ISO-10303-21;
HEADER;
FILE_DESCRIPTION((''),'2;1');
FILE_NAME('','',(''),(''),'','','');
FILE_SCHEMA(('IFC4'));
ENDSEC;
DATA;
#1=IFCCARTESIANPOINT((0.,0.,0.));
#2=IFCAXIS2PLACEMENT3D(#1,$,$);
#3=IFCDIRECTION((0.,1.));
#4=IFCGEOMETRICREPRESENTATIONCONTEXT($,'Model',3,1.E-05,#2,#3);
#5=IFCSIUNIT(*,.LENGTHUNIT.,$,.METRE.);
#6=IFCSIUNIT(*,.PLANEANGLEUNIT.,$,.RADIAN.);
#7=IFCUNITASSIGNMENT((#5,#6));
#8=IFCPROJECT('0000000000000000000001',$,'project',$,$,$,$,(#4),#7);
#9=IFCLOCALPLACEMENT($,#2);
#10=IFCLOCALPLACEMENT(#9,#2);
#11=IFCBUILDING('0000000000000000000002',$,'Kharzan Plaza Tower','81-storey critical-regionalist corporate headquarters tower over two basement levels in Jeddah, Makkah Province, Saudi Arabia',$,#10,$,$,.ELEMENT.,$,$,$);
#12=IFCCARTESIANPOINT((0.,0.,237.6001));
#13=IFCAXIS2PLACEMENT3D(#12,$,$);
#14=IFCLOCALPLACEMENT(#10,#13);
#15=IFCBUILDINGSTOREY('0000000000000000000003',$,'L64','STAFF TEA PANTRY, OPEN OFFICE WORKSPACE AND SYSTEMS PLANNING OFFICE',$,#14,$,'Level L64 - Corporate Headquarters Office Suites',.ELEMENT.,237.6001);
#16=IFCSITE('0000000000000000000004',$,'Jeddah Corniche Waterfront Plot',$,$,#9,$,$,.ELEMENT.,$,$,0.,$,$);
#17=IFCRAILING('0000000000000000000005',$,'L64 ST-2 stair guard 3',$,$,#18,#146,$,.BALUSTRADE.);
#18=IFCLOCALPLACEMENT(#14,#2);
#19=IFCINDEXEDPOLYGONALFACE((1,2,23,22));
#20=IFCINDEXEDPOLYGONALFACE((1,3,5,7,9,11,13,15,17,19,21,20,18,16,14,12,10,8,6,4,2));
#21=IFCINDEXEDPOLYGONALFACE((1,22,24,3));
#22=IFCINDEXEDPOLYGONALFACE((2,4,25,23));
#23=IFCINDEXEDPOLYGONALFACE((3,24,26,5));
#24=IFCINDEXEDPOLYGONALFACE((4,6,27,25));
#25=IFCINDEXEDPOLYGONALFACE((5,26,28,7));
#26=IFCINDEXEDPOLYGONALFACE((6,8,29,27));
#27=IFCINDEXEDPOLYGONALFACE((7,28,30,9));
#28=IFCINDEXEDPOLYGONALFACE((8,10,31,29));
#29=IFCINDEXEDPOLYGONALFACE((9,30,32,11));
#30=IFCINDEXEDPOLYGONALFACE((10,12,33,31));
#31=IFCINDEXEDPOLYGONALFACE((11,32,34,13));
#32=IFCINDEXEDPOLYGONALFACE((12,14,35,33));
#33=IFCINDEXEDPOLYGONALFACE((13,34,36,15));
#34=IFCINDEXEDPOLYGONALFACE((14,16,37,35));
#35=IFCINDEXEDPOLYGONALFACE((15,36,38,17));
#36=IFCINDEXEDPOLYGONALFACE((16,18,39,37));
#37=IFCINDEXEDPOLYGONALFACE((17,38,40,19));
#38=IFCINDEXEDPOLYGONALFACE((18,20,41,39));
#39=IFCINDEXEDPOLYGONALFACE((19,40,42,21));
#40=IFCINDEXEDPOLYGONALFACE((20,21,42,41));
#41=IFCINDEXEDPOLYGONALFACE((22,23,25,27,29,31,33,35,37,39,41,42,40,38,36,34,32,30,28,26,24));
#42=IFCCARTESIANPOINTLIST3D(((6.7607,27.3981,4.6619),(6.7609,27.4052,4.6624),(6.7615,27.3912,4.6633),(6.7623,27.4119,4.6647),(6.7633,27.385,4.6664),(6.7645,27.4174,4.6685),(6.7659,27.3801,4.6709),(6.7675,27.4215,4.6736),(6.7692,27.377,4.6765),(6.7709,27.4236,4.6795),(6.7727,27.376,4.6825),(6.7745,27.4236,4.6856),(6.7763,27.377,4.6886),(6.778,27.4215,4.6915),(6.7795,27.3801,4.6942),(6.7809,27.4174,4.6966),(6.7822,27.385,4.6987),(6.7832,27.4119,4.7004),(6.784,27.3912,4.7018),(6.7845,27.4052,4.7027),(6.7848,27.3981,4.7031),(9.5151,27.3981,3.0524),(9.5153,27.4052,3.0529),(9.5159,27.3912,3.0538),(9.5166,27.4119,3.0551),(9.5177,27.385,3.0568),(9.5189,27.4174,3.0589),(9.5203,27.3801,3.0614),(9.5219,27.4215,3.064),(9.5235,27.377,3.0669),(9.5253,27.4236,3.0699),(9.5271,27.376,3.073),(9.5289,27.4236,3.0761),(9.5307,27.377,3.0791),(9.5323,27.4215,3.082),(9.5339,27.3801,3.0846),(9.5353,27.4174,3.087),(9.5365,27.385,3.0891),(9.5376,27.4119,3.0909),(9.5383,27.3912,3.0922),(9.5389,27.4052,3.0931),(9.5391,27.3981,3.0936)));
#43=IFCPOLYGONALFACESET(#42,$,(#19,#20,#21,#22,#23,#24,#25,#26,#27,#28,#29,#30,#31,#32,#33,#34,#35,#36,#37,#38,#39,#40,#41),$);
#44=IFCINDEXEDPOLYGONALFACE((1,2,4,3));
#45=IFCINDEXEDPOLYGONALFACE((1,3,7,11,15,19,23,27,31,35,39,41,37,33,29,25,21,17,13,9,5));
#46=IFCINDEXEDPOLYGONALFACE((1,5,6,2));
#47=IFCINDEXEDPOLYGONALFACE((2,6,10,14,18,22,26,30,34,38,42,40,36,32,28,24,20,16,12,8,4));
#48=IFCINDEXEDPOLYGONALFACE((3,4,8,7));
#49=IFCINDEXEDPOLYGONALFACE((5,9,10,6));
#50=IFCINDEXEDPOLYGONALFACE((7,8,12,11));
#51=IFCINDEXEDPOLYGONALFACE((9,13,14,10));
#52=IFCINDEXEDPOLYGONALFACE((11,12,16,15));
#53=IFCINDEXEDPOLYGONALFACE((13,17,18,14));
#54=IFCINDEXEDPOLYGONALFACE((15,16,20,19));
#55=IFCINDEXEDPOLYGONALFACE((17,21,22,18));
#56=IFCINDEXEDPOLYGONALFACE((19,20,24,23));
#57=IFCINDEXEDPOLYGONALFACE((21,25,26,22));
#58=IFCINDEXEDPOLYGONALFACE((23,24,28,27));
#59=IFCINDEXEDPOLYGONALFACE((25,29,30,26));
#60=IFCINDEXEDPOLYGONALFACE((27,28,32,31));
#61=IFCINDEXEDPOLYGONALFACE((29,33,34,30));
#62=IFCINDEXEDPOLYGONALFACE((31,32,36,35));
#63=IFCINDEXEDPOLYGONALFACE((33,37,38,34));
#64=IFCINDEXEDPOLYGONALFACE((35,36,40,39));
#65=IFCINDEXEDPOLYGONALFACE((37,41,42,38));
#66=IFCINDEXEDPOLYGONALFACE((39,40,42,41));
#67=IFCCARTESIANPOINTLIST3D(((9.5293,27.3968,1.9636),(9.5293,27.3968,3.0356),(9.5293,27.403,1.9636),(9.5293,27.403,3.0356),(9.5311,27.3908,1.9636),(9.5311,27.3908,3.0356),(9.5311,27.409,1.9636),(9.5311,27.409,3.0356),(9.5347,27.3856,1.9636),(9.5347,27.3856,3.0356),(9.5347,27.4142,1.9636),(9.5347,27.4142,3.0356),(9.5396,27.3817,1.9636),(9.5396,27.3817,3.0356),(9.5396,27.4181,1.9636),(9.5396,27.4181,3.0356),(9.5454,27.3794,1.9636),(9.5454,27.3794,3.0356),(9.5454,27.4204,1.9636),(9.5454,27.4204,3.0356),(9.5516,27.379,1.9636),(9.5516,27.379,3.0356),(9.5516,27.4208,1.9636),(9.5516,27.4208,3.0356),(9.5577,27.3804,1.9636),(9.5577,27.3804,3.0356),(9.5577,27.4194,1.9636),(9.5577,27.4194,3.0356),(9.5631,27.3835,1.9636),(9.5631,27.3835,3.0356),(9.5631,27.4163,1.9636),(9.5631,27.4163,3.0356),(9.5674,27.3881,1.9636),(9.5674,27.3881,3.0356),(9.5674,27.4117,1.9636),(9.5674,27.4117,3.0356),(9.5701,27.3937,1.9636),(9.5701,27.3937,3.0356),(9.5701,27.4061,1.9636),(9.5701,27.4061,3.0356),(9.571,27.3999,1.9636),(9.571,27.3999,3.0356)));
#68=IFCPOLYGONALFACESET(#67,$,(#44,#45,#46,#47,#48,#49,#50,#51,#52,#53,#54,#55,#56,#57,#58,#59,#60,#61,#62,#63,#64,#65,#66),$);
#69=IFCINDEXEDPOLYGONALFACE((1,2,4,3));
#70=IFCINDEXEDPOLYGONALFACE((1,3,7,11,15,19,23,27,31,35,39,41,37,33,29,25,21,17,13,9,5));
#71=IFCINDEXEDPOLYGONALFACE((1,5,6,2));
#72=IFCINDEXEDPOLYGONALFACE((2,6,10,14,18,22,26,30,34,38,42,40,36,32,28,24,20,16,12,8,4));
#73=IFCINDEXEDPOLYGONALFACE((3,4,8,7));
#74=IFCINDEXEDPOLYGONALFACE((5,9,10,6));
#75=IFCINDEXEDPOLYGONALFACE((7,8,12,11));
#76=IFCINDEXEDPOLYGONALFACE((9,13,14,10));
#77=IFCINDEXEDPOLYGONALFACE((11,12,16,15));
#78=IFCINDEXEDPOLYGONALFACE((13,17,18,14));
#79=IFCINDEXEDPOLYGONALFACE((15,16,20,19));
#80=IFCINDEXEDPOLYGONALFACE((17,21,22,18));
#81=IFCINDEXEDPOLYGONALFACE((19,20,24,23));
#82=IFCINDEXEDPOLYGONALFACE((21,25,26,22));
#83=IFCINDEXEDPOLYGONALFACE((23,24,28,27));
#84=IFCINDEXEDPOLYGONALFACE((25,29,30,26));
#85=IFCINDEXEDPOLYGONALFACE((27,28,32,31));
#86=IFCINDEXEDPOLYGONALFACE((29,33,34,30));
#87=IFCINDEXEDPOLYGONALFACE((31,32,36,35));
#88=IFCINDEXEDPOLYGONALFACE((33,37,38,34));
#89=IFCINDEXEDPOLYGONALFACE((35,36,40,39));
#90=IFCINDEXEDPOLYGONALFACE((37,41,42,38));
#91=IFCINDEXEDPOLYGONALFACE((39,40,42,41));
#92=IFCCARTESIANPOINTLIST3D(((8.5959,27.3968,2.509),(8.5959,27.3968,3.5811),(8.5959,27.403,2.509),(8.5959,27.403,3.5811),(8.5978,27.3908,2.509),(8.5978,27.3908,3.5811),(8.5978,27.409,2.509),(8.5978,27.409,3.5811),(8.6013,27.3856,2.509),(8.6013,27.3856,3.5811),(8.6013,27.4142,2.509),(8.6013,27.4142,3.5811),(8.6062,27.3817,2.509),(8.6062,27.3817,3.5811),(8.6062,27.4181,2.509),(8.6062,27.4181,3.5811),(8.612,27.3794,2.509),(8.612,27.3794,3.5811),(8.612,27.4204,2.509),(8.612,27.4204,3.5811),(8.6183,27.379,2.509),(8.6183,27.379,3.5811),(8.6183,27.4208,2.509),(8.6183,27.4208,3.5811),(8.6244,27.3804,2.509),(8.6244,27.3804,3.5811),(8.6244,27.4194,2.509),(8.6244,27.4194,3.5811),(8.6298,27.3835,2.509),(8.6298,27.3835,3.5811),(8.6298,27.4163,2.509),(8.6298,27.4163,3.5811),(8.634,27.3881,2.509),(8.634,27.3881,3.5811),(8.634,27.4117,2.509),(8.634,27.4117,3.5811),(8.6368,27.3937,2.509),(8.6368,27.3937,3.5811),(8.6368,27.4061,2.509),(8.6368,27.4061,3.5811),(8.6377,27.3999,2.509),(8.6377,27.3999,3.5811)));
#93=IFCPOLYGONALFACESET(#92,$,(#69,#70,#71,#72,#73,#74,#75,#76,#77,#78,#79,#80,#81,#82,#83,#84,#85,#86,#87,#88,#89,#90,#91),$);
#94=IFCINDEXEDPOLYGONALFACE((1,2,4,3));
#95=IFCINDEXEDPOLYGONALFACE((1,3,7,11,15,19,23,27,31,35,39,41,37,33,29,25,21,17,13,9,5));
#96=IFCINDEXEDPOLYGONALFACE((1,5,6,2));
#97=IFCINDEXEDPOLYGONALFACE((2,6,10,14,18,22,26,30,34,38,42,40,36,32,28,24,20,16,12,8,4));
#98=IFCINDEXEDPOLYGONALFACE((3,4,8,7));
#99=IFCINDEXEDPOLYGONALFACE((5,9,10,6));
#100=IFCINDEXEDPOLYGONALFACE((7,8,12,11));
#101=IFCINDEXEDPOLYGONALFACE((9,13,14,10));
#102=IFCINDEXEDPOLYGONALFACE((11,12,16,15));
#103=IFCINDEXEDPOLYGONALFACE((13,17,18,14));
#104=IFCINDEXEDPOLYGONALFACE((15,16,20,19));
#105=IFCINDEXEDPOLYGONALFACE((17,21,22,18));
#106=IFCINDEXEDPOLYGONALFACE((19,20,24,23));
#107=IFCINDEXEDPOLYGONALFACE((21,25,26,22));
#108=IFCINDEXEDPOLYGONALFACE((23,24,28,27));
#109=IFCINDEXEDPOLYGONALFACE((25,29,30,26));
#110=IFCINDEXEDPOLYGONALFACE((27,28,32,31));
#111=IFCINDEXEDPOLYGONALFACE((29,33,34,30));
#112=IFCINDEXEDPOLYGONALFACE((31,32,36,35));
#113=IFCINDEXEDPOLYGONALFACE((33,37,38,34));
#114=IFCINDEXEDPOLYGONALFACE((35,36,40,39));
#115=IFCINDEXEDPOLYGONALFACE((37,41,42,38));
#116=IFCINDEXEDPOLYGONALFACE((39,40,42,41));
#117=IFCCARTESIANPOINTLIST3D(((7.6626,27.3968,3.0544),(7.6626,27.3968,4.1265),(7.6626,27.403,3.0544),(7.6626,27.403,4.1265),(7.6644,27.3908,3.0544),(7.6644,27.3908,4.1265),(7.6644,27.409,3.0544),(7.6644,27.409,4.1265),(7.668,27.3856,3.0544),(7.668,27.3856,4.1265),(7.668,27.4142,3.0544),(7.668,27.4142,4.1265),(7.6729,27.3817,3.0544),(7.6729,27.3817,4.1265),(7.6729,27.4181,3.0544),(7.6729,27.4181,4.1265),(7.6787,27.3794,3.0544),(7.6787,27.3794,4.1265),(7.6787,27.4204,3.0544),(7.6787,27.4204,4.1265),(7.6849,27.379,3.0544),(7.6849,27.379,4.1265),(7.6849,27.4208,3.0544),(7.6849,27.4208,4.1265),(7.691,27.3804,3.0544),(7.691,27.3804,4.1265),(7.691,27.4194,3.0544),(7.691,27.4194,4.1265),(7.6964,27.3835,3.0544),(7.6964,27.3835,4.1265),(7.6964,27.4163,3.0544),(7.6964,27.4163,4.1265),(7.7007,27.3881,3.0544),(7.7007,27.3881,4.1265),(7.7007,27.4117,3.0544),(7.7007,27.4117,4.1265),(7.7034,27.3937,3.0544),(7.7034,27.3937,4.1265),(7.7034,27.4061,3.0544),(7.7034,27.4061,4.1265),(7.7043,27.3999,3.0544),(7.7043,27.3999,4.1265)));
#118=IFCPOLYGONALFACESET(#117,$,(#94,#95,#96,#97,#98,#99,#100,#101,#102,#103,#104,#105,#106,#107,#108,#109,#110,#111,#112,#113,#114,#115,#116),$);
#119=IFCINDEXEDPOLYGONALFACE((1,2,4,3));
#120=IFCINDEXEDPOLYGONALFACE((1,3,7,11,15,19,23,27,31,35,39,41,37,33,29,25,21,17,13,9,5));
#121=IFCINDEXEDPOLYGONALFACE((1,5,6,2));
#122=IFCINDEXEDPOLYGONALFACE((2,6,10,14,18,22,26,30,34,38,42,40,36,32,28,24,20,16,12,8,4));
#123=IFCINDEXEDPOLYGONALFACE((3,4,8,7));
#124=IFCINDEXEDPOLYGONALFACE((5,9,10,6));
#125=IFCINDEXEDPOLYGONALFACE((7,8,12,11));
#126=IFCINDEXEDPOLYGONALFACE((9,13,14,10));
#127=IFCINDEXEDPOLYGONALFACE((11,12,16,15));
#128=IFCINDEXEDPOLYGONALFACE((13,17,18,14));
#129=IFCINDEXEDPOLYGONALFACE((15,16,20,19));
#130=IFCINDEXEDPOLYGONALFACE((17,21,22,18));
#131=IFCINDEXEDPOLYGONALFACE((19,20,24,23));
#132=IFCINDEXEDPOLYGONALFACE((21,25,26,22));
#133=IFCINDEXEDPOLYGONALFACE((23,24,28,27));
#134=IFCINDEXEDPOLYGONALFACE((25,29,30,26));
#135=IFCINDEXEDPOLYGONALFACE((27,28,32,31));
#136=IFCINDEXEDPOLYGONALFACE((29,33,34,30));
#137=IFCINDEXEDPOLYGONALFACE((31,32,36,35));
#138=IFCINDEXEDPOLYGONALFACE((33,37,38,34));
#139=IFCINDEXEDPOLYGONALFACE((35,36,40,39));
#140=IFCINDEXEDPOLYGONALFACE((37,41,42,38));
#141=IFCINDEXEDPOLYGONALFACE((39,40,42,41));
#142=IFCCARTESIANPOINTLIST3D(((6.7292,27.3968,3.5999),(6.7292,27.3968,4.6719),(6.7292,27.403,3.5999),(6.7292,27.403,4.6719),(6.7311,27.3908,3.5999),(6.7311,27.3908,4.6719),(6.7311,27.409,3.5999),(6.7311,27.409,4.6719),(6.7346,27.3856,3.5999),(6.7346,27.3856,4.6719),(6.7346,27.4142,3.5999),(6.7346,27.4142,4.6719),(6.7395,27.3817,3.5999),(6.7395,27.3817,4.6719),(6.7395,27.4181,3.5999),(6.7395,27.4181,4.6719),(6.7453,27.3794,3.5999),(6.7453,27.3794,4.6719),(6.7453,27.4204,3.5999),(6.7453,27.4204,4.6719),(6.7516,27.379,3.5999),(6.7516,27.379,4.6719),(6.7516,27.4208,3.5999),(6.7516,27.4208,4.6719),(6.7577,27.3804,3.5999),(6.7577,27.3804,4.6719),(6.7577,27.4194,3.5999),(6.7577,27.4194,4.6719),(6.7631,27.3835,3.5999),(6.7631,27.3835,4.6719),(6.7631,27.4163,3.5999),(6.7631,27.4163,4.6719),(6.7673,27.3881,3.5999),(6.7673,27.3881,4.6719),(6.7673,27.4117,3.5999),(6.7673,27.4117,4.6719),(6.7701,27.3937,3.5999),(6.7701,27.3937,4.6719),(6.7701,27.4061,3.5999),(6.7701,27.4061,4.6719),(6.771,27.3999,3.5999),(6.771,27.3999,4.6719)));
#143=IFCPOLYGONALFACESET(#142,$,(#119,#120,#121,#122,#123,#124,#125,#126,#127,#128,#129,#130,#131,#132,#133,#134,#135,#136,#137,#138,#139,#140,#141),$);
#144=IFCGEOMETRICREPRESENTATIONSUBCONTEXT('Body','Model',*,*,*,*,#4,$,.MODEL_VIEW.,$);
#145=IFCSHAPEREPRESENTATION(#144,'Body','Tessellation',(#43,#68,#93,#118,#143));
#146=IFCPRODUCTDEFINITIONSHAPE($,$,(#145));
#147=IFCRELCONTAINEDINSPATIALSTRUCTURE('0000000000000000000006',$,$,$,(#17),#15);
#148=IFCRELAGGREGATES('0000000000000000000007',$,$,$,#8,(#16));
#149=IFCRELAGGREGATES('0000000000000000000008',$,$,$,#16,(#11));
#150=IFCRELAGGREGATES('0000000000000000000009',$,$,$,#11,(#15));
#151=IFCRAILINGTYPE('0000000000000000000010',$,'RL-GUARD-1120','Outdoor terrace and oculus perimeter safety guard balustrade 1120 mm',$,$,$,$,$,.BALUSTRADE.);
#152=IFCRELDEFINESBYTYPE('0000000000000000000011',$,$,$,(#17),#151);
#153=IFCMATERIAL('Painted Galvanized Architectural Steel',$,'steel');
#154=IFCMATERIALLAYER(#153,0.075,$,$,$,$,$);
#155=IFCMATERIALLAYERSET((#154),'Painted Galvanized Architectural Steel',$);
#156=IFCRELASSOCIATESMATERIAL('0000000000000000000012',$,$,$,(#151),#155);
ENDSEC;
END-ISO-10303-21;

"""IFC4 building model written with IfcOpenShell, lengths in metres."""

from ifc_helpers import new_model, si_unit, direction, frame, origin, origin_2d, place, context, subcontext, project, spatial, circle, extrude, source, transform, mapped, material, layer, layer_set, type_object, element, save


model = new_model("IFC4")

# Units and contexts
model_context = context("Model", 3, precision=1e-05, world=origin(), true_north=direction((0.0, 1.0)))
body_context = subcontext(model_context, "Body", "Model", "MODEL_VIEW")
ifc_project = project(units=[si_unit("LENGTHUNIT", "METRE"), si_unit("PLANEANGLEUNIT", "RADIAN")], contexts=[model_context])

# Site, building, storey
site_placement = place(None, origin())
site = spatial("IfcSite", under=ifc_project, at=site_placement, Name="Jeddah Corniche Waterfront Plot", CompositionType="ELEMENT", RefElevation=0.0)
building_placement = place(site_placement, origin())
building = spatial("IfcBuilding", under=site, at=building_placement, Name="Kharzan Plaza Tower", Description="81-storey critical-regionalist corporate headquarters tower over two basement levels in Jeddah, Makkah Province, Saudi Arabia", CompositionType="ELEMENT")
storey_placement = place(building_placement, frame((0.0, 0.0, 237.6001)))
storey = spatial("IfcBuildingStorey", under=building, at=storey_placement, Name="L64", Description="STAFF TEA PANTRY, OPEN OFFICE WORKSPACE AND SYSTEMS PLANNING OFFICE", LongName="Level L64 - Corporate Headquarters Office Suites", CompositionType="ELEMENT", Elevation=237.6001)

# Railing
ifc_material_1 = material(Name="Painted Galvanized Architectural Steel", Category="steel")
ifc_layer_1 = layer(ifc_material_1, 0.075)
ifc_layer_set_1 = layer_set([ifc_layer_1], Name="Painted Galvanized Architectural Steel")
railing_type_1 = type_object("IfcRailingType", Name="RL-GUARD-1120", Description="Outdoor terrace and oculus perimeter safety guard balustrade 1120 mm", PredefinedType="BALUSTRADE", material=ifc_layer_set_1)
shared_shape_1 = source(origin(), body_context, "Body", "SweptSolid", [
    extrude(circle(Radius=0.0239, at=origin_2d()), frame((-0.0229, 0.0, 1.1094), z_axis=(-0.863394, 0.0, 0.504531), x_axis=(0.0, -1.0, 0.0)), (0.0, 0.0, 1.0), 3.1902),
    extrude(circle(Radius=0.021, at=origin_2d()), origin(), (0.0, 0.0, 1.0), 1.072),
    extrude(circle(Radius=0.021, at=origin_2d()), frame((-0.9333, 0.0, 0.5454)), (0.0, 0.0, 1.0), 1.072),
    extrude(circle(Radius=0.021, at=origin_2d()), frame((-1.8667, 0.0, 1.0908)), (0.0, 0.0, 1.0), 1.072),
    extrude(circle(Radius=0.021, at=origin_2d()), frame((-2.8, 0.0, 1.6362)), (0.0, 0.0, 1.0), 1.072),
])
railing_1_placement = place(storey_placement, frame((9.55, 27.3999, 1.9636)))
element("IfcRailing", 1, at=railing_1_placement, inside=storey, type_object=railing_type_1, Name="L64 ST-2 stair guard 3", PredefinedType="BALUSTRADE", context=body_context, shape_type="MappedRepresentation", body=[
    mapped(shared_shape_1, transform((0.0, 0.0, 0.0), x_axis=(1.0, 0.0, 0.0), y_axis=(0.0, 1.0, 0.0), z_axis=(0.0, 0.0, 1.0))),
])

save(model, "model.ifc")
